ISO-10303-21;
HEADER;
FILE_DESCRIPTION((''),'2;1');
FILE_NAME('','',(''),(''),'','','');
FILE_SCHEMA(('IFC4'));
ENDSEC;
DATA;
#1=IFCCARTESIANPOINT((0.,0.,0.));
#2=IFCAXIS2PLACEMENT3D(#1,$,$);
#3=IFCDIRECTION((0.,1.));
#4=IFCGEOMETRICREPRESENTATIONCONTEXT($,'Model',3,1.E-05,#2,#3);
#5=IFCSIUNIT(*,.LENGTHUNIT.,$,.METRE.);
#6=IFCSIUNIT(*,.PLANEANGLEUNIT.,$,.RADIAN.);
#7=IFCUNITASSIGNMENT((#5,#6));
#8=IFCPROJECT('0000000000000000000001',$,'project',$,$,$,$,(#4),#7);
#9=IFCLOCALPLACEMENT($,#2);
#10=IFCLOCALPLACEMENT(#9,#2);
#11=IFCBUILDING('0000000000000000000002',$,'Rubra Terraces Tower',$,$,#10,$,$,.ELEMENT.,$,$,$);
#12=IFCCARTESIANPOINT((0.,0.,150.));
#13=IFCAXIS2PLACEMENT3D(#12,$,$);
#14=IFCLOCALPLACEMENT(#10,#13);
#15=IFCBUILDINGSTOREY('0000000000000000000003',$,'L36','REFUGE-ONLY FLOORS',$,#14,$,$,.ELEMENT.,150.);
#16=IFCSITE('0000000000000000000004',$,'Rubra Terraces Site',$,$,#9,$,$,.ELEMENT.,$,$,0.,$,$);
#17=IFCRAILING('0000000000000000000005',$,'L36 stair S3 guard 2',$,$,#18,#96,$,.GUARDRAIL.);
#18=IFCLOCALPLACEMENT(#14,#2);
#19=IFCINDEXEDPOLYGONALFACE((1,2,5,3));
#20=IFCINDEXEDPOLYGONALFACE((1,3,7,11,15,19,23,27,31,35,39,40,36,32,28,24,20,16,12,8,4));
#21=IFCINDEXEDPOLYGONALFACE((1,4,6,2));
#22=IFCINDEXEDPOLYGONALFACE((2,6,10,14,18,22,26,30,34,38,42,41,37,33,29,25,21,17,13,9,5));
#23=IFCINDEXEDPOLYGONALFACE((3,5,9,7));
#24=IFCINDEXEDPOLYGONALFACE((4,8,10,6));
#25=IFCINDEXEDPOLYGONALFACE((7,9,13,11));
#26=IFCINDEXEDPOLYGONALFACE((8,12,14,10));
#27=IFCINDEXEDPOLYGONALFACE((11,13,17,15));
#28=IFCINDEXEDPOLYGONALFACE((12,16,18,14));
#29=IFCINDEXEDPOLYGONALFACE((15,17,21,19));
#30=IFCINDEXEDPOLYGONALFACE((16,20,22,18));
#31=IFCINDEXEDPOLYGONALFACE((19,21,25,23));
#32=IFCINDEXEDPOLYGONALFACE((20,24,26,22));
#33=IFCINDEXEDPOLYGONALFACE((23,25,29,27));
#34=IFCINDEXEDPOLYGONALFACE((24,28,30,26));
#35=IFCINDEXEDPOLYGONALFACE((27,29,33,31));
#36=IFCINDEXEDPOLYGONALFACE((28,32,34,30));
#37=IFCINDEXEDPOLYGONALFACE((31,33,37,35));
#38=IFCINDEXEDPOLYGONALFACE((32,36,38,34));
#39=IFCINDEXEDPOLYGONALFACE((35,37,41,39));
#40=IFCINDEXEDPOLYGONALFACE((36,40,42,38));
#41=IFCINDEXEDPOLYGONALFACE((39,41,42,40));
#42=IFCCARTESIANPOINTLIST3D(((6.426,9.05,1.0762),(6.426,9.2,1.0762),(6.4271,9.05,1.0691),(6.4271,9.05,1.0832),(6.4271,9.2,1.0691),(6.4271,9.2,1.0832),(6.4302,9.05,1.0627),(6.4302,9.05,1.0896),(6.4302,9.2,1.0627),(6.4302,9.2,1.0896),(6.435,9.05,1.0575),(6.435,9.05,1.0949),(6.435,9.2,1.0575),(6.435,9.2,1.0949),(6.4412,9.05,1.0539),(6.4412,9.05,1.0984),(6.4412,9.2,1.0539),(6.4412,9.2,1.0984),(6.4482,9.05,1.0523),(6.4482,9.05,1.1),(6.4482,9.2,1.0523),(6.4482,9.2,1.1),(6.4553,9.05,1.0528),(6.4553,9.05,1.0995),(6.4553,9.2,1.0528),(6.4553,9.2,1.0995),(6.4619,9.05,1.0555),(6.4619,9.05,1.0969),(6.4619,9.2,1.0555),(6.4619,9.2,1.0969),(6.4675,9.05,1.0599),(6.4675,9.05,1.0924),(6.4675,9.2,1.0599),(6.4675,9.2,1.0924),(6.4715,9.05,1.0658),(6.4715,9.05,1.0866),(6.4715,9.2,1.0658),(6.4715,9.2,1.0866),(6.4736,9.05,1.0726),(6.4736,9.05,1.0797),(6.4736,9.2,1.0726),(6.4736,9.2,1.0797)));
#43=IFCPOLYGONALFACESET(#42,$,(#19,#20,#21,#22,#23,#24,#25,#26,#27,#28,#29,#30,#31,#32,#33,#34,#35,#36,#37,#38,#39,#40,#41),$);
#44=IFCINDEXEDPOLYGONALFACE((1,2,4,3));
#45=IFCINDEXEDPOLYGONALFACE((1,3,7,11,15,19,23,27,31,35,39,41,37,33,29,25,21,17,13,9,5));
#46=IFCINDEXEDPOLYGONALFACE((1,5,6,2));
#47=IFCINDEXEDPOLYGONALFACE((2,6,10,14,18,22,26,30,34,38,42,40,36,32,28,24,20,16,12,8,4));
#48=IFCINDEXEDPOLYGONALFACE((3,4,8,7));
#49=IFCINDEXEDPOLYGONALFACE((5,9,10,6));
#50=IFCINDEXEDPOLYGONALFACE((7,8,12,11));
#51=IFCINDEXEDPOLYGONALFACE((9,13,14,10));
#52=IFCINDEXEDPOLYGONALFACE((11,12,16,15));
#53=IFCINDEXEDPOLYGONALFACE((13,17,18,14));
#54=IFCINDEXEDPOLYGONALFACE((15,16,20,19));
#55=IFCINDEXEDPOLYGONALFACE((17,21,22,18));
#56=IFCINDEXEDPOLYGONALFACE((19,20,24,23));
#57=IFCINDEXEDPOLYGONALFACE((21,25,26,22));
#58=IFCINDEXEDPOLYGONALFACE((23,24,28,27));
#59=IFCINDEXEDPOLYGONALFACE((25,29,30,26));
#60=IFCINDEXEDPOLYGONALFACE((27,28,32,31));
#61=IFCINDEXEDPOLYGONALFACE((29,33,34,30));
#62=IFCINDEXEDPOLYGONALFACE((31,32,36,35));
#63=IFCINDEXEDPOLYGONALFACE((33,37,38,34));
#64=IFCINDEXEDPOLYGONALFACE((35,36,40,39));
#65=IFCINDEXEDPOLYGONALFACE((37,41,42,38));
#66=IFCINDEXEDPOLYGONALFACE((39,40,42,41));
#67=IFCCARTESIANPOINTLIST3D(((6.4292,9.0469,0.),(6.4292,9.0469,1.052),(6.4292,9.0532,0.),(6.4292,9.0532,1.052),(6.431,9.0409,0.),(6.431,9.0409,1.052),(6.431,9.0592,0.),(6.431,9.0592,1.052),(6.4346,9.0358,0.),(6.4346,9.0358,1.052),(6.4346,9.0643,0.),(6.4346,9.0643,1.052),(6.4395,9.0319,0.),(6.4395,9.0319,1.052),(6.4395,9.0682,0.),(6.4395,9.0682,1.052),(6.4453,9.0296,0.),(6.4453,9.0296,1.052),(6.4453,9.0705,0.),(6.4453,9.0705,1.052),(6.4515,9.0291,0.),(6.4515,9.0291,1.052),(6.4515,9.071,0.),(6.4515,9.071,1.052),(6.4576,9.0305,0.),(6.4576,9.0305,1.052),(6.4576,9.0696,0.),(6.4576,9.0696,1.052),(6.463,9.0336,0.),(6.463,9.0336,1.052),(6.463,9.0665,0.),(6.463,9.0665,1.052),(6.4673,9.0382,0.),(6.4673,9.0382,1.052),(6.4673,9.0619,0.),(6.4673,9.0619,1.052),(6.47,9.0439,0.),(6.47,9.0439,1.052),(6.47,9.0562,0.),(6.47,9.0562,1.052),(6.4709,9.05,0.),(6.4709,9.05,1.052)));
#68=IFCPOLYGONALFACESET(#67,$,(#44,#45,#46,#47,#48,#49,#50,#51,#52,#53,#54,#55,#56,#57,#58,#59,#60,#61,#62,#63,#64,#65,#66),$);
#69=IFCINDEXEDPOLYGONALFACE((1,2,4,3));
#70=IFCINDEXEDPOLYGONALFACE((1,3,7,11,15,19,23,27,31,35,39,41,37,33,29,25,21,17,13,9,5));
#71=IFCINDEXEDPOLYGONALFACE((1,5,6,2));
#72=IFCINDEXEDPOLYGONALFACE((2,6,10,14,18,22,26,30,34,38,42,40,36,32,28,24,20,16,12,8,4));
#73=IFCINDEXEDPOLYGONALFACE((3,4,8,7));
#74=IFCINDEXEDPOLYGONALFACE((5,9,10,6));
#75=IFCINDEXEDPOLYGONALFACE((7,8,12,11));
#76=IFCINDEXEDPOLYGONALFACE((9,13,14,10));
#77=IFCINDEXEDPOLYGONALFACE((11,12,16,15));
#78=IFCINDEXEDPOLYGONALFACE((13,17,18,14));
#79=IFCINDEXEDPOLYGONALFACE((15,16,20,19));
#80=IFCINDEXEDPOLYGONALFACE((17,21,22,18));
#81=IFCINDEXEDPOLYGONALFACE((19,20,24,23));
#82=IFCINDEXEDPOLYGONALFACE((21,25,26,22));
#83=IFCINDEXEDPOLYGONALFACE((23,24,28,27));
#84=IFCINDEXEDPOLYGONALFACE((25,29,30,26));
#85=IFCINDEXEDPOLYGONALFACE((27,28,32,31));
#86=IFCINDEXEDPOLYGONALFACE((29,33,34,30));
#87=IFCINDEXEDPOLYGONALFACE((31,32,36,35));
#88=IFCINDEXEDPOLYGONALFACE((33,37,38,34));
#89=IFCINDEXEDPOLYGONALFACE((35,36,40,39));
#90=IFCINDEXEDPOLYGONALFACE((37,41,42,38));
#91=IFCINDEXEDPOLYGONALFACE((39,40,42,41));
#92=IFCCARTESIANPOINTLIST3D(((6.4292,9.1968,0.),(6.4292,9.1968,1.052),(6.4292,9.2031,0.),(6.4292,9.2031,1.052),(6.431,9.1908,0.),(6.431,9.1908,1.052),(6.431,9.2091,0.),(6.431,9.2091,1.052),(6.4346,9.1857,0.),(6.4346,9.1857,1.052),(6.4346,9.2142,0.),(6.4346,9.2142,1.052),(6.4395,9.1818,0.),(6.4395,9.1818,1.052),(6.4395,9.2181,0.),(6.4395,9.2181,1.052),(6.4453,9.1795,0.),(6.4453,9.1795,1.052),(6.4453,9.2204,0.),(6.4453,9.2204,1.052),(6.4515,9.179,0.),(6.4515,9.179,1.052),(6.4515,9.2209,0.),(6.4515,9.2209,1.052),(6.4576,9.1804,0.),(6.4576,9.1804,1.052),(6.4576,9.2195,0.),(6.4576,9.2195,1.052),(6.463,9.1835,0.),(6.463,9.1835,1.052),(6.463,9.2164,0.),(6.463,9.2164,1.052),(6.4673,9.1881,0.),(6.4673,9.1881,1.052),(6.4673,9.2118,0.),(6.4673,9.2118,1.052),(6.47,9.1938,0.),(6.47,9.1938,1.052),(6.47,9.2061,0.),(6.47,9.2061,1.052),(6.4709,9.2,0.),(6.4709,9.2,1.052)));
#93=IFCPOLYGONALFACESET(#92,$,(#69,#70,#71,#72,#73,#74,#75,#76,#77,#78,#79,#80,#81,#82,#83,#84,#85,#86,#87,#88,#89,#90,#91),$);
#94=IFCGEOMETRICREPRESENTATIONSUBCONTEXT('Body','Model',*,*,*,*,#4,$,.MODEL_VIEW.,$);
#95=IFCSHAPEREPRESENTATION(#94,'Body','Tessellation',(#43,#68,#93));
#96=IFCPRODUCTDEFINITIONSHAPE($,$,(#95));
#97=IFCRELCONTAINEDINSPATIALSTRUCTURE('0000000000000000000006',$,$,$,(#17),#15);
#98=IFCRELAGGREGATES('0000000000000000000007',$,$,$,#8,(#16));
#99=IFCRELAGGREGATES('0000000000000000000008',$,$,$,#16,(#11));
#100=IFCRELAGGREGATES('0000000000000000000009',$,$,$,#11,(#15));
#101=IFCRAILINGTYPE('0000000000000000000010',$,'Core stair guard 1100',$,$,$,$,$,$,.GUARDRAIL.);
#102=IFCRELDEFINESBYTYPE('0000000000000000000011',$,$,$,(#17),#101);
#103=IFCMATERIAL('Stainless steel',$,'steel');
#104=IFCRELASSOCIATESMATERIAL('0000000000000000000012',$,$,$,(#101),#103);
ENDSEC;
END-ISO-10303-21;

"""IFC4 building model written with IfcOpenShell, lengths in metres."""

from ifc_helpers import new_model, si_unit, direction, frame, origin, origin_2d, place, context, subcontext, project, spatial, circle, extrude, material, type_object, element, save


model = new_model("IFC4")

# Units and contexts
model_context = context("Model", 3, precision=1e-05, world=origin(), true_north=direction((0.0, 1.0)))
body_context = subcontext(model_context, "Body", "Model", "MODEL_VIEW")
ifc_project = project(units=[si_unit("LENGTHUNIT", "METRE"), si_unit("PLANEANGLEUNIT", "RADIAN")], contexts=[model_context])

# Site, building, storey
site_placement = place(None, origin())
site = spatial("IfcSite", under=ifc_project, at=site_placement, Name="Rubra Terraces Site", CompositionType="ELEMENT", RefElevation=0.0)
building_placement = place(site_placement, origin())
building = spatial("IfcBuilding", under=site, at=building_placement, Name="Rubra Terraces Tower", CompositionType="ELEMENT")
storey_placement = place(building_placement, frame((0.0, 0.0, 150.0)))
storey = spatial("IfcBuildingStorey", under=building, at=storey_placement, Name="L36", Description="REFUGE-ONLY FLOORS", CompositionType="ELEMENT", Elevation=150.0)

# Shared definitions
ifc_material_1 = material(Name="Stainless steel", Category="steel")

# Railing
railing_type_1 = type_object("IfcRailingType", Name="Core stair guard 1100", PredefinedType="GUARDRAIL", material=ifc_material_1)
railing_1_placement = place(storey_placement, frame((6.45, 9.05, 0.0)))
element("IfcRailing", 1, at=railing_1_placement, inside=storey, type_object=railing_type_1, Name="L36 stair S3 guard 2", PredefinedType="GUARDRAIL", context=body_context, shape_type="SweptSolid", body=[
    extrude(circle(Radius=0.0239, at=origin_2d()), frame((0.0, 0.0, 1.0762), z_axis=(0.0, 1.0, 0.0), x_axis=(-1.0, 0.0, 0.0)), (0.0, 0.0, 1.0), 0.1499),
    extrude(circle(Radius=0.021, at=origin_2d()), origin(), (0.0, 0.0, 1.0), 1.052),
    extrude(circle(Radius=0.021, at=origin_2d()), frame((0.0, 0.1499, 0.0)), (0.0, 0.0, 1.0), 1.052),
])

save(model, "model.ifc")
